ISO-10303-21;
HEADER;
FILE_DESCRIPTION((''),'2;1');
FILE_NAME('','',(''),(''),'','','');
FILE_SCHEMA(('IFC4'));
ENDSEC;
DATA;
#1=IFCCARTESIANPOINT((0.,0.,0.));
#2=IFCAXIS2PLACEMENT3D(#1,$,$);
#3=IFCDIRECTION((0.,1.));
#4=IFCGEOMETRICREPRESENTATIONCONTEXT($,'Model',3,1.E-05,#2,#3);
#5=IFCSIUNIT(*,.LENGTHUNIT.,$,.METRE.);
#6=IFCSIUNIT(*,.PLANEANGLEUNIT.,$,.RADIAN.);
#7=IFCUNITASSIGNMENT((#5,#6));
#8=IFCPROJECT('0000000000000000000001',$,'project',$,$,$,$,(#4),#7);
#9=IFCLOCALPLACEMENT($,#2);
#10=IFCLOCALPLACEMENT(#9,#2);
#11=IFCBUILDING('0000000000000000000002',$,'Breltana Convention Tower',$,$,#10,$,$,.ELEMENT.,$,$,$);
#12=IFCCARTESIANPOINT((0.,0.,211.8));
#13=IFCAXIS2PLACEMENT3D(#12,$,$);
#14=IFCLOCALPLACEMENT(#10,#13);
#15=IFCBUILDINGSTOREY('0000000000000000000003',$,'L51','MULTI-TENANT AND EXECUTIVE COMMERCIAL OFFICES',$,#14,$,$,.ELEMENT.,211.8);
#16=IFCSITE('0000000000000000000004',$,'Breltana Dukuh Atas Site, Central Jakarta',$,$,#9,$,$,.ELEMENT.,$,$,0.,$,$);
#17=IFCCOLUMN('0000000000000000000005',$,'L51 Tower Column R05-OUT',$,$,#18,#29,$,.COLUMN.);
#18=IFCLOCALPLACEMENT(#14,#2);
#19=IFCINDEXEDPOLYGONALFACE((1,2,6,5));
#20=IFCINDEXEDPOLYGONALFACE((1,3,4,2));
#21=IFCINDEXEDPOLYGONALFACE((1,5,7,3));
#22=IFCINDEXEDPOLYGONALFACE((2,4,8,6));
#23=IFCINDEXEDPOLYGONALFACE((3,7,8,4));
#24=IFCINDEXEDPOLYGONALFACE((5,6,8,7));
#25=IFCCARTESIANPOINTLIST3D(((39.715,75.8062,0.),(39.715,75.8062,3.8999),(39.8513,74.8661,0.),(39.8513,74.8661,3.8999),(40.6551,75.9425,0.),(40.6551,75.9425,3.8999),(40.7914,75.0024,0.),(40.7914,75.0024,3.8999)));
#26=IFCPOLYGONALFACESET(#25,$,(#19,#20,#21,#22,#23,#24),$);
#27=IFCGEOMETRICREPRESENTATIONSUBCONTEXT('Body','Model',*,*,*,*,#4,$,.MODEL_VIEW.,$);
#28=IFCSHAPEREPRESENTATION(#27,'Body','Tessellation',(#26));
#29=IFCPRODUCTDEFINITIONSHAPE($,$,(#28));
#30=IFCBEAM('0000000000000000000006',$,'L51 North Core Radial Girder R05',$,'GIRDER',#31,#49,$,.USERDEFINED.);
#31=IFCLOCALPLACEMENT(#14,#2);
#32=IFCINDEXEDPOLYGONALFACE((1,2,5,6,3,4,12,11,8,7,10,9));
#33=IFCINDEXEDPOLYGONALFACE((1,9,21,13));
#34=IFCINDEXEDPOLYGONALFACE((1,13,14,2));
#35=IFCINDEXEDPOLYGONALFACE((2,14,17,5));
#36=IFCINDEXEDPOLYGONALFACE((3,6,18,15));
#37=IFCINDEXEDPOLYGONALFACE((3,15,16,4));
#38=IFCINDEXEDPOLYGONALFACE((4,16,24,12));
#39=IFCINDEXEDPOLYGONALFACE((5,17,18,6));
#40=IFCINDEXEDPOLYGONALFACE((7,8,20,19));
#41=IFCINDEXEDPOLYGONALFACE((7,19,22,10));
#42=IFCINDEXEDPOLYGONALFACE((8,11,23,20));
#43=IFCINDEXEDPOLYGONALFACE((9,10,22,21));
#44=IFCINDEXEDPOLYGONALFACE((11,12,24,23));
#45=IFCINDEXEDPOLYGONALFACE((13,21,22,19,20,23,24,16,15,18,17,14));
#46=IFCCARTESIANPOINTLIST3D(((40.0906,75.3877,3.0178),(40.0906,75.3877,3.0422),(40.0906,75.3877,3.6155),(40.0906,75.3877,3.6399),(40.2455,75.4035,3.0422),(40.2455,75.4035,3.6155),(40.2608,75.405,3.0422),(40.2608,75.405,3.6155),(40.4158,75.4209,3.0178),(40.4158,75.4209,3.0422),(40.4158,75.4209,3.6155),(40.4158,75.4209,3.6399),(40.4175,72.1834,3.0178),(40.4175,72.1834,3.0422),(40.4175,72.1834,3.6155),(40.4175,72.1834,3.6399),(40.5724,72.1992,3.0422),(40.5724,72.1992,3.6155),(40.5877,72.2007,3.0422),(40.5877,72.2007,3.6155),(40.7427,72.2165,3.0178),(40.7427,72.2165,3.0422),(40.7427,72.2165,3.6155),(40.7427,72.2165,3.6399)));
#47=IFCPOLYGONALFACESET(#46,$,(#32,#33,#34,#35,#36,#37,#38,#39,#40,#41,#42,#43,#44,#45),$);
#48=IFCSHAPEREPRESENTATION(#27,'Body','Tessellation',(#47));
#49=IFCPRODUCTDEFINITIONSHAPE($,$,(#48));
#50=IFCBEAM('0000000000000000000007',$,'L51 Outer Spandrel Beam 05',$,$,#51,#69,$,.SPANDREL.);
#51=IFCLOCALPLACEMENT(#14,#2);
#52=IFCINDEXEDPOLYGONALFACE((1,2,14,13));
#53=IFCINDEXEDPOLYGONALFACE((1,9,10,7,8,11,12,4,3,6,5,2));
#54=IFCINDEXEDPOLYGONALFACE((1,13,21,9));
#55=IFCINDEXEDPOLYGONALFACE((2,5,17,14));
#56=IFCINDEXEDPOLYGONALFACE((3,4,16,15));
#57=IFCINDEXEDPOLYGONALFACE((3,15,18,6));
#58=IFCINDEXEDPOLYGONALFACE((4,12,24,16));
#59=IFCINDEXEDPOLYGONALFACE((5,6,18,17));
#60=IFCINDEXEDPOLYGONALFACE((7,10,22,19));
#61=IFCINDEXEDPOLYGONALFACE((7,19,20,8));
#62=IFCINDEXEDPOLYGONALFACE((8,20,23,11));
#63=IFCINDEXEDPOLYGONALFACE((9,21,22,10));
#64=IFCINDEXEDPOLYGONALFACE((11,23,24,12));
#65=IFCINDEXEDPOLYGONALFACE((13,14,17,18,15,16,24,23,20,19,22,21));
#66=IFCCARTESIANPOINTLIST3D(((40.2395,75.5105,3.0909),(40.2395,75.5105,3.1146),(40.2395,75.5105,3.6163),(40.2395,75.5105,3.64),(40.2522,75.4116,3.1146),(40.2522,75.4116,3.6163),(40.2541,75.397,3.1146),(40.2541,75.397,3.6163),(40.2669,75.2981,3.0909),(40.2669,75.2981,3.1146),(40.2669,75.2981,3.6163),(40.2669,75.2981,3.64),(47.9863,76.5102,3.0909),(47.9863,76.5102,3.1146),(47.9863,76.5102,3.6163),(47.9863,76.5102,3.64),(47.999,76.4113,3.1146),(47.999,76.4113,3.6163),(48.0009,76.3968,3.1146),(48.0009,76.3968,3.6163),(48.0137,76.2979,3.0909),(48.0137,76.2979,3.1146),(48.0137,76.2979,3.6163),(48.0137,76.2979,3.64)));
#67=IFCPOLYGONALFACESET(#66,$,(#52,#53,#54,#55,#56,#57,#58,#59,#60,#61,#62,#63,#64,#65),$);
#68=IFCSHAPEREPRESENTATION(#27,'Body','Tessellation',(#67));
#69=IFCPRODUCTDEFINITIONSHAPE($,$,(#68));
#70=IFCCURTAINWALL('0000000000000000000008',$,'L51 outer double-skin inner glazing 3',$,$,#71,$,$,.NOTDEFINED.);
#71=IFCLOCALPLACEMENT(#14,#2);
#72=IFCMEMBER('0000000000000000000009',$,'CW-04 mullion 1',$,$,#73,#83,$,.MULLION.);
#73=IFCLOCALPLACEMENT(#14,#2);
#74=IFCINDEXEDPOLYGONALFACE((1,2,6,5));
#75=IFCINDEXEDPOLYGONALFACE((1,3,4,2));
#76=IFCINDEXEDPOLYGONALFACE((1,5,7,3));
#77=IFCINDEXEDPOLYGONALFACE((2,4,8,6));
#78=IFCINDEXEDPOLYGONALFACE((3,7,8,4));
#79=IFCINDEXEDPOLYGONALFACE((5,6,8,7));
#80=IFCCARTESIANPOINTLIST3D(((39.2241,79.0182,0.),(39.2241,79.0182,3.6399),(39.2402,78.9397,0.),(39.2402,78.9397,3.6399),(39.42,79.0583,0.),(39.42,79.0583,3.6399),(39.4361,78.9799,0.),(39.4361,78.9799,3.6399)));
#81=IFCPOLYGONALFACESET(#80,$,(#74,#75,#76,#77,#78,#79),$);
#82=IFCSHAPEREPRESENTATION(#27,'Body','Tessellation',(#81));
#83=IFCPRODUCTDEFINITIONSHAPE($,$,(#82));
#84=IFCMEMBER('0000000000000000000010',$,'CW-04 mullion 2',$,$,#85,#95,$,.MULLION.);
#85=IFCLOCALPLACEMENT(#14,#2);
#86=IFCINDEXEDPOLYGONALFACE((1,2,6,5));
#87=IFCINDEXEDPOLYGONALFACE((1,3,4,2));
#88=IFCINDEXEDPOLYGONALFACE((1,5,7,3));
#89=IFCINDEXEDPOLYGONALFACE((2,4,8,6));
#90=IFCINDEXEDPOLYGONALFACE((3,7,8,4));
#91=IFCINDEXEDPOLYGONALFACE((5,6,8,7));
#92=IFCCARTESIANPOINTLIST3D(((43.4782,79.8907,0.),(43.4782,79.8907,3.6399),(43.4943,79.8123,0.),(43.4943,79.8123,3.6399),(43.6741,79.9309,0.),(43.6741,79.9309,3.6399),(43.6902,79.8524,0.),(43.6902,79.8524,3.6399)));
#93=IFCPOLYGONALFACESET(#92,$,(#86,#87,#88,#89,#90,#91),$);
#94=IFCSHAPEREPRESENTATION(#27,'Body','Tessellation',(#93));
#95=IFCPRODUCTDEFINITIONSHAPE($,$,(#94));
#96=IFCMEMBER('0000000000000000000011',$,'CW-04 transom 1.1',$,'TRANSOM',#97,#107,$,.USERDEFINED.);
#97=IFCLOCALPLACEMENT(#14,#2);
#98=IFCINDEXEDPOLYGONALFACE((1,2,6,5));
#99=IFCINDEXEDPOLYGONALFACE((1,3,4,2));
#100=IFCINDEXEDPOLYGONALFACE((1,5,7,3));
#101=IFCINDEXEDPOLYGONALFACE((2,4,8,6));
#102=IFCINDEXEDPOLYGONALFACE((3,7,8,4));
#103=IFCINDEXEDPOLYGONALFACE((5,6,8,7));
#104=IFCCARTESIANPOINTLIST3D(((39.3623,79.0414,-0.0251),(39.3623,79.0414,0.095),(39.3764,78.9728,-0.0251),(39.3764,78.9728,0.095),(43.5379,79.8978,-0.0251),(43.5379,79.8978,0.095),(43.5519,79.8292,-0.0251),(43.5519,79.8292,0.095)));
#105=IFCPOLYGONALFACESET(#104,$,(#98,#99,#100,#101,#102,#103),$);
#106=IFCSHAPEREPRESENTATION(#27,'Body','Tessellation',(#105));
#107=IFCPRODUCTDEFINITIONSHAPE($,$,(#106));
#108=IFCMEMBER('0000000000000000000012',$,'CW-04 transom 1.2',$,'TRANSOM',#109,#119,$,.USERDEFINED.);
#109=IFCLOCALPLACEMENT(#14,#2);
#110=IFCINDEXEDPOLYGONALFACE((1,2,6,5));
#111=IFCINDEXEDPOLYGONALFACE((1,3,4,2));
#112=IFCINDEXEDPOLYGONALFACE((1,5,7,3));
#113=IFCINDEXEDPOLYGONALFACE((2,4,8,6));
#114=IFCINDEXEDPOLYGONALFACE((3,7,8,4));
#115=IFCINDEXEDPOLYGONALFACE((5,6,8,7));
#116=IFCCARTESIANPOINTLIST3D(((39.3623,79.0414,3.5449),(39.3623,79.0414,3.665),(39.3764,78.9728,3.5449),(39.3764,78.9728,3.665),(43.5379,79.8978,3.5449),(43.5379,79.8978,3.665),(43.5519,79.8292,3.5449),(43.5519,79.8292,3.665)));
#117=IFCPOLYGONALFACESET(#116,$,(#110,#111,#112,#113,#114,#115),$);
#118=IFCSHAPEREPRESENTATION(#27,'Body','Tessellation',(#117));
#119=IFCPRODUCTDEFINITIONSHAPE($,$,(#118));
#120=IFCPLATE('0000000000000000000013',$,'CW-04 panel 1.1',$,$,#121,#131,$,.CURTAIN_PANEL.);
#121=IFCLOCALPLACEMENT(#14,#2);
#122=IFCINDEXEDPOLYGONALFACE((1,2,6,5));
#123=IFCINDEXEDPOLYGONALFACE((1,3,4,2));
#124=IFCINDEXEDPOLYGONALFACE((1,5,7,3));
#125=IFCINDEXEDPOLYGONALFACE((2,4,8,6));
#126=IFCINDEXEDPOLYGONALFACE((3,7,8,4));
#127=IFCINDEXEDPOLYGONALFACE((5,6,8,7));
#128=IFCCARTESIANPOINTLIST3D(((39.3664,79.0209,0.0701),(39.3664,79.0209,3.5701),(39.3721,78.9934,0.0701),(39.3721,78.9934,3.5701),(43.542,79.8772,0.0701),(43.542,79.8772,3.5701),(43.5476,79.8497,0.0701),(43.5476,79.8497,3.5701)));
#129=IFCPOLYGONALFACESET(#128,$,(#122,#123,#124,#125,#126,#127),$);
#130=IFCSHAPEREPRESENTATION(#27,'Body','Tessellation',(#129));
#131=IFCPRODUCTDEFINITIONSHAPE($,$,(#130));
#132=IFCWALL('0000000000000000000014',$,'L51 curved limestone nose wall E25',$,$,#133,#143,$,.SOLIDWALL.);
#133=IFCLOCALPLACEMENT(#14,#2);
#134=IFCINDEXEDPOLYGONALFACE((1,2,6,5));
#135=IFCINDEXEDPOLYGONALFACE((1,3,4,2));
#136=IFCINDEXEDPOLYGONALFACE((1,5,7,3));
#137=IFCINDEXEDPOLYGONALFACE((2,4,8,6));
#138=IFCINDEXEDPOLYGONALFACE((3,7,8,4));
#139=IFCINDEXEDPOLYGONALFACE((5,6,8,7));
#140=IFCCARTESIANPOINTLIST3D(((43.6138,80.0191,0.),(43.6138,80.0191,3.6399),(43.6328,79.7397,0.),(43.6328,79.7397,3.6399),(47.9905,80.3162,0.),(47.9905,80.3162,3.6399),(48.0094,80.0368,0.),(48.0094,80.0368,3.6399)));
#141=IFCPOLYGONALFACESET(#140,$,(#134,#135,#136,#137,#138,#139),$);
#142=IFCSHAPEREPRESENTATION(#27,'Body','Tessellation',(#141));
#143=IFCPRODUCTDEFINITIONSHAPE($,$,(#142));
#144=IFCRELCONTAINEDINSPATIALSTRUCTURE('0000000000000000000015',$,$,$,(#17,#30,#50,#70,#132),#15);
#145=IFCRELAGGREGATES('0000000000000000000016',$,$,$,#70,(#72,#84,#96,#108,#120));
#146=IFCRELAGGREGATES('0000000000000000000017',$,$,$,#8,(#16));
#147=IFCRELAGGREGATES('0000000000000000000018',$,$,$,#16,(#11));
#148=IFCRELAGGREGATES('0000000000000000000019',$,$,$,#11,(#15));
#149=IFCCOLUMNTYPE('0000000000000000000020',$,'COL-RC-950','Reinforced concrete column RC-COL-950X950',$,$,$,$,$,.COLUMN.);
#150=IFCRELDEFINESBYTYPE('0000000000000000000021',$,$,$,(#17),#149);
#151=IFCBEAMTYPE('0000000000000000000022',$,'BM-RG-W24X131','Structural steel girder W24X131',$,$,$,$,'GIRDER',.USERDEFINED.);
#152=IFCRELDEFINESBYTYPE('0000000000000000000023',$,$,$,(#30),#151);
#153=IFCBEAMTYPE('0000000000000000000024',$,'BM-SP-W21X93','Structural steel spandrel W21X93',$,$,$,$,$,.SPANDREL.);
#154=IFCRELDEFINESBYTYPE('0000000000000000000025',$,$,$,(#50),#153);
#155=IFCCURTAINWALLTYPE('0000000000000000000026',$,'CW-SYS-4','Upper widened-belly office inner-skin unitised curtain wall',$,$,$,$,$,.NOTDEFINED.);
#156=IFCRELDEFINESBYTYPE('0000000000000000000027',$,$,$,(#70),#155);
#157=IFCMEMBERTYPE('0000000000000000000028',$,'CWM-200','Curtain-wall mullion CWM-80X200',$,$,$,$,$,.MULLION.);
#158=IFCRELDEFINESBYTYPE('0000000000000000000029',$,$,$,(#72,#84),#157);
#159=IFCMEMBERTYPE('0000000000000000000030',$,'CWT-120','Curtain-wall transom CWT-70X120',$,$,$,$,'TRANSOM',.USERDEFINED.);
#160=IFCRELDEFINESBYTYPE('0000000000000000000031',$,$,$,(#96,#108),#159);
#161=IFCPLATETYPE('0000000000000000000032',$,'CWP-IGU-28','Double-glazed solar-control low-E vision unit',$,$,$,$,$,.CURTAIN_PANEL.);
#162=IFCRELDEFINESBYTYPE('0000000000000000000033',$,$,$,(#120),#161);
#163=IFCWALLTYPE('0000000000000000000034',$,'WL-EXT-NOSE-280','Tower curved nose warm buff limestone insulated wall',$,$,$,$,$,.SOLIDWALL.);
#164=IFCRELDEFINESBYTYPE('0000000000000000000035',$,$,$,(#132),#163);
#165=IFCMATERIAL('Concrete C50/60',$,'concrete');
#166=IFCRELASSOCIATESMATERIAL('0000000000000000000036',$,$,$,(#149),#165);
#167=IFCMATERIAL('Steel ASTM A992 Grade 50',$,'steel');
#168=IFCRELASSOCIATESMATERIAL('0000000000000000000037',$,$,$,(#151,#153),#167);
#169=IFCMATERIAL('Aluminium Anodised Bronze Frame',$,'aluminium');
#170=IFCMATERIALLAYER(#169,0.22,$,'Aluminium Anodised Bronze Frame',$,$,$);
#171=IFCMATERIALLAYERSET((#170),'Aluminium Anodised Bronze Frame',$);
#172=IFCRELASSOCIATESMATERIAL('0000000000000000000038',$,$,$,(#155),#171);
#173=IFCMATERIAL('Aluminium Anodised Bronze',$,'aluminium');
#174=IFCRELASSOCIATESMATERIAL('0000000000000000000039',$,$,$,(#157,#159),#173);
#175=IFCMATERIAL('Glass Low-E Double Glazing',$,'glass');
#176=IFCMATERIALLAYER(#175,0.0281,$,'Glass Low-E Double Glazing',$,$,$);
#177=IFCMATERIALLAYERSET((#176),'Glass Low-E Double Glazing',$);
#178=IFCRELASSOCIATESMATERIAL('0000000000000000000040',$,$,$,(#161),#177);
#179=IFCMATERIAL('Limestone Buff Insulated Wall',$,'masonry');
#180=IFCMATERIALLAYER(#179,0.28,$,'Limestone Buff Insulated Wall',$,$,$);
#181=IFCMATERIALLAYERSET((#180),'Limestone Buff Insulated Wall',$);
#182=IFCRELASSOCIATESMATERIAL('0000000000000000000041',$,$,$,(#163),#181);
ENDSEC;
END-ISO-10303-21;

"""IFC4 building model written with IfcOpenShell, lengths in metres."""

from ifc_helpers import new_model, si_unit, direction, frame, frame_2d, origin, origin_2d, place, context, subcontext, project, spatial, rectangle, i_section, extrude, source, transform, mapped, material, layer, layer_set, material_profile, profile_set, type_object, element, aggregate, save


model = new_model("IFC4")

# Units and contexts
model_context = context("Model", 3, precision=1e-05, world=origin(), true_north=direction((0.0, 1.0)))
body_context = subcontext(model_context, "Body", "Model", "MODEL_VIEW")
ifc_project = project(units=[si_unit("LENGTHUNIT", "METRE"), si_unit("PLANEANGLEUNIT", "RADIAN")], contexts=[model_context])

# Site, building, storey
site_placement = place(None, origin())
site = spatial("IfcSite", under=ifc_project, at=site_placement, Name="Breltana Dukuh Atas Site, Central Jakarta", CompositionType="ELEMENT", RefElevation=0.0)
building_placement = place(site_placement, origin())
building = spatial("IfcBuilding", under=site, at=building_placement, Name="Breltana Convention Tower", CompositionType="ELEMENT")
storey_placement = place(building_placement, frame((0.0, 0.0, 211.8)))
storey = spatial("IfcBuildingStorey", under=building, at=storey_placement, Name="L51", Description="MULTI-TENANT AND EXECUTIVE COMMERCIAL OFFICES", CompositionType="ELEMENT", Elevation=211.8)

# Column
ifc_material_1 = material(Name="Concrete C50/60", Category="concrete")
ifc_material_profile_1 = material_profile(ifc_material_1, rectangle(XDim=0.95, YDim=0.95, at=origin_2d()), Name="RC-COL-950X950")
ifc_profile_set_1 = profile_set([ifc_material_profile_1], Name="Concrete C50/60")
column_type = type_object("IfcColumnType", Name="COL-RC-950", Description="Reinforced concrete column RC-COL-950X950", PredefinedType="COLUMN", material=ifc_profile_set_1)
shared_shape_1 = source(origin(), body_context, "Body", "SweptSolid", [
    extrude(rectangle(XDim=0.95, YDim=0.95, at=origin_2d()), origin(), (0.0, 0.0, 1.0), 3.8999),
])
column_placement = place(storey_placement, frame((40.2532, 75.4043, 0.0), z_axis=(0.0, 0.0, 1.0), x_axis=(-0.143493, 0.989651, 0.0)))
element("IfcColumn", 1, at=column_placement, inside=storey, type_object=column_type, Name="L51 Tower Column R05-OUT", PredefinedType="COLUMN", context=body_context, shape_type="MappedRepresentation", body=[
    mapped(shared_shape_1, transform((0.0, 0.0, 0.0), scale=1.0)),
])

# Beams
ifc_material_2 = material(Name="Steel ASTM A992 Grade 50", Category="steel")
ifc_material_profile_2 = material_profile(ifc_material_2, i_section(OverallWidth=0.3269, OverallDepth=0.6221, WebThickness=0.0154, FlangeThickness=0.0244, at=origin_2d()), Name="W24X131")
ifc_profile_set_2 = profile_set([ifc_material_profile_2], Name="Steel ASTM A992 Grade 50")
beam_type_1 = type_object("IfcBeamType", Name="BM-RG-W24X131", Description="Structural steel girder W24X131", ElementType="GIRDER", PredefinedType="USERDEFINED", material=ifc_profile_set_2)
shared_shape_2 = source(origin(), body_context, "Body", "SweptSolid", [
    extrude(i_section(OverallWidth=0.3269, OverallDepth=0.6221, WebThickness=0.0154, FlangeThickness=0.0244, at=origin_2d()), origin(), (0.0, 0.0, 1.0), 3.2209),
])
beam_1_placement = place(storey_placement, frame((40.5801, 72.2, 3.3289), z_axis=(-0.101492, 0.994836, 0.0), x_axis=(-0.994836, -0.101492, 0.0)))
element("IfcBeam", 2, at=beam_1_placement, inside=storey, type_object=beam_type_1, Name="L51 North Core Radial Girder R05", ObjectType="GIRDER", PredefinedType="USERDEFINED", context=body_context, shape_type="MappedRepresentation", body=[
    mapped(shared_shape_2, transform((0.0, 0.0, 0.0), scale=1.0)),
])
ifc_material_profile_3 = material_profile(ifc_material_2, i_section(OverallWidth=0.2141, OverallDepth=0.5491, WebThickness=0.0146, FlangeThickness=0.0237, at=origin_2d()), Name="W21X93")
ifc_profile_set_3 = profile_set([ifc_material_profile_3], Name="Steel ASTM A992 Grade 50")
beam_type_2 = type_object("IfcBeamType", Name="BM-SP-W21X93", Description="Structural steel spandrel W21X93", PredefinedType="SPANDREL", material=ifc_profile_set_3)
shared_shape_3 = source(origin(), body_context, "Body", "SweptSolid", [
    extrude(i_section(OverallWidth=0.2141, OverallDepth=0.5491, WebThickness=0.0146, FlangeThickness=0.0237, at=origin_2d()), origin(), (0.0, 0.0, 1.0), 7.811),
])
beam_2_placement = place(storey_placement, frame((40.2532, 75.4043, 3.3655), z_axis=(0.991775, 0.127992, 0.0), x_axis=(-0.127992, 0.991775, 0.0)))
element("IfcBeam", 3, at=beam_2_placement, inside=storey, type_object=beam_type_2, Name="L51 Outer Spandrel Beam 05", PredefinedType="SPANDREL", context=body_context, shape_type="MappedRepresentation", body=[
    mapped(shared_shape_3, transform((0.0, 0.0, 0.0), scale=1.0)),
])

# Curtain wall, members, plate
ifc_material_3 = material(Name="Aluminium Anodised Bronze Frame", Category="aluminium")
ifc_layer_1 = layer(ifc_material_3, 0.22, Name="Aluminium Anodised Bronze Frame")
ifc_layer_set_1 = layer_set([ifc_layer_1], Name="Aluminium Anodised Bronze Frame")
curtain_wall_type = type_object("IfcCurtainWallType", Name="CW-SYS-4", Description="Upper widened-belly office inner-skin unitised curtain wall", PredefinedType="NOTDEFINED", material=ifc_layer_set_1)
curtain_wall_placement = place(storey_placement, origin())
curtain_wall = element("IfcCurtainWall", 4, at=curtain_wall_placement, inside=storey, type_object=curtain_wall_type, Name="L51 outer double-skin inner glazing 3", PredefinedType="NOTDEFINED")
ifc_material_4 = material(Name="Aluminium Anodised Bronze", Category="aluminium")
ifc_material_profile_4 = material_profile(ifc_material_4, rectangle(XDim=0.0801, YDim=0.2, at=origin_2d()), Name="CWM-80X200")
ifc_profile_set_4 = profile_set([ifc_material_profile_4], Name="Aluminium Anodised Bronze")
member_type_1 = type_object("IfcMemberType", Name="CWM-200", Description="Curtain-wall mullion CWM-80X200", PredefinedType="MULLION", material=ifc_profile_set_4)
shared_shape_4 = source(origin(), body_context, "Body", "SweptSolid", [
    extrude(rectangle(XDim=0.0801, YDim=0.2, at=origin_2d()), origin(), (0.0, 0.0, 1.0), 3.6399),
])
member_1_placement = place(storey_placement, frame((39.3301, 78.999, 0.0), z_axis=(0.0, 0.0, 1.0), x_axis=(-0.20088, 0.979616, 0.0)))
member_1 = element("IfcMember", 5, at=member_1_placement, type_object=member_type_1, Name="CW-04 mullion 1", PredefinedType="MULLION", context=body_context, shape_type="MappedRepresentation", body=[
    mapped(shared_shape_4, transform((0.0, 0.0, 0.0), scale=1.0)),
])
member_2_placement = place(storey_placement, frame((43.5842, 79.8716, 0.0), z_axis=(0.0, 0.0, 1.0), x_axis=(-0.20088, 0.979616, 0.0)))
member_2 = element("IfcMember", 6, at=member_2_placement, type_object=member_type_1, Name="CW-04 mullion 2", PredefinedType="MULLION", context=body_context, shape_type="MappedRepresentation", body=[
    mapped(shared_shape_4, transform((0.0, 0.0, 0.0), scale=1.0)),
])
ifc_material_profile_5 = material_profile(ifc_material_4, rectangle(XDim=0.0701, YDim=0.1201, at=origin_2d()), Name="CWT-70X120")
ifc_profile_set_5 = profile_set([ifc_material_profile_5], Name="Aluminium Anodised Bronze")
member_type_2 = type_object("IfcMemberType", Name="CWT-120", Description="Curtain-wall transom CWT-70X120", ElementType="TRANSOM", PredefinedType="USERDEFINED", material=ifc_profile_set_5)
shared_shape_5 = source(origin(), body_context, "Body", "SweptSolid", [
    extrude(rectangle(XDim=0.0701, YDim=0.1201, at=origin_2d()), origin(), (0.0, 0.0, 1.0), 4.2625),
])
member_3_placement = place(storey_placement, frame((39.3694, 79.0071, 0.0349), z_axis=(0.979606, 0.200927, 0.0), x_axis=(-0.200927, 0.979606, 0.0)))
member_3 = element("IfcMember", 7, at=member_3_placement, type_object=member_type_2, Name="CW-04 transom 1.1", ObjectType="TRANSOM", PredefinedType="USERDEFINED", context=body_context, shape_type="MappedRepresentation", body=[
    mapped(shared_shape_5, transform((0.0, 0.0, 0.0), scale=1.0)),
])
member_4_placement = place(storey_placement, frame((39.3694, 79.0071, 3.605), z_axis=(0.979606, 0.200927, 0.0), x_axis=(-0.200927, 0.979606, 0.0)))
member_4 = element("IfcMember", 8, at=member_4_placement, type_object=member_type_2, Name="CW-04 transom 1.2", ObjectType="TRANSOM", PredefinedType="USERDEFINED", context=body_context, shape_type="MappedRepresentation", body=[
    mapped(shared_shape_5, transform((0.0, 0.0, 0.0), scale=1.0)),
])
ifc_material_5 = material(Name="Glass Low-E Double Glazing", Category="glass")
ifc_layer_2 = layer(ifc_material_5, 0.0281, Name="Glass Low-E Double Glazing")
ifc_layer_set_2 = layer_set([ifc_layer_2], Name="Glass Low-E Double Glazing")
plate_type = type_object("IfcPlateType", Name="CWP-IGU-28", Description="Double-glazed solar-control low-E vision unit", PredefinedType="CURTAIN_PANEL", material=ifc_layer_set_2)
shared_shape_6 = source(origin(), body_context, "Body", "SweptSolid", [
    extrude(rectangle(XDim=4.2625, YDim=0.0281, at=origin_2d()), origin(), (0.0, 0.0, 1.0), 3.5),
])
plate_placement = place(storey_placement, frame((41.457, 79.4353, 0.0701), z_axis=(0.0, 0.0, 1.0), x_axis=(0.979616, 0.20088, 0.0)))
plate = element("IfcPlate", 9, at=plate_placement, type_object=plate_type, Name="CW-04 panel 1.1", PredefinedType="CURTAIN_PANEL", context=body_context, shape_type="MappedRepresentation", body=[
    mapped(shared_shape_6, transform((0.0, 0.0, 0.0), scale=1.0)),
])
aggregate(curtain_wall, [member_1, member_2, member_3, member_4, plate])

# Wall
ifc_material_6 = material(Name="Limestone Buff Insulated Wall", Category="masonry")
ifc_layer_3 = layer(ifc_material_6, 0.28, Name="Limestone Buff Insulated Wall")
ifc_layer_set_3 = layer_set([ifc_layer_3], Name="Limestone Buff Insulated Wall")
wall_type_1 = type_object("IfcWallType", Name="WL-EXT-NOSE-280", Description="Tower curved nose warm buff limestone insulated wall", PredefinedType="SOLIDWALL", material=ifc_layer_set_3)
shared_shape_7 = source(origin(), body_context, "Body", "SweptSolid", [
    extrude(rectangle(XDim=4.3867, YDim=0.28, at=frame_2d((2.1934, 0.0))), origin(), (0.0, 0.0, 1.0), 3.6399),
])
wall_1_placement = place(storey_placement, frame((43.6233, 79.8794, 0.0), z_axis=(0.0, 0.0, 1.0), x_axis=(0.997704, 0.067731, 0.0)))
element("IfcWall", 10, at=wall_1_placement, inside=storey, type_object=wall_type_1, Name="L51 curved limestone nose wall E25", PredefinedType="SOLIDWALL", context=body_context, shape_type="MappedRepresentation", body=[
    mapped(shared_shape_7, transform((0.0, 0.0, 0.0), scale=1.0)),
])

save(model, "model.ifc")
